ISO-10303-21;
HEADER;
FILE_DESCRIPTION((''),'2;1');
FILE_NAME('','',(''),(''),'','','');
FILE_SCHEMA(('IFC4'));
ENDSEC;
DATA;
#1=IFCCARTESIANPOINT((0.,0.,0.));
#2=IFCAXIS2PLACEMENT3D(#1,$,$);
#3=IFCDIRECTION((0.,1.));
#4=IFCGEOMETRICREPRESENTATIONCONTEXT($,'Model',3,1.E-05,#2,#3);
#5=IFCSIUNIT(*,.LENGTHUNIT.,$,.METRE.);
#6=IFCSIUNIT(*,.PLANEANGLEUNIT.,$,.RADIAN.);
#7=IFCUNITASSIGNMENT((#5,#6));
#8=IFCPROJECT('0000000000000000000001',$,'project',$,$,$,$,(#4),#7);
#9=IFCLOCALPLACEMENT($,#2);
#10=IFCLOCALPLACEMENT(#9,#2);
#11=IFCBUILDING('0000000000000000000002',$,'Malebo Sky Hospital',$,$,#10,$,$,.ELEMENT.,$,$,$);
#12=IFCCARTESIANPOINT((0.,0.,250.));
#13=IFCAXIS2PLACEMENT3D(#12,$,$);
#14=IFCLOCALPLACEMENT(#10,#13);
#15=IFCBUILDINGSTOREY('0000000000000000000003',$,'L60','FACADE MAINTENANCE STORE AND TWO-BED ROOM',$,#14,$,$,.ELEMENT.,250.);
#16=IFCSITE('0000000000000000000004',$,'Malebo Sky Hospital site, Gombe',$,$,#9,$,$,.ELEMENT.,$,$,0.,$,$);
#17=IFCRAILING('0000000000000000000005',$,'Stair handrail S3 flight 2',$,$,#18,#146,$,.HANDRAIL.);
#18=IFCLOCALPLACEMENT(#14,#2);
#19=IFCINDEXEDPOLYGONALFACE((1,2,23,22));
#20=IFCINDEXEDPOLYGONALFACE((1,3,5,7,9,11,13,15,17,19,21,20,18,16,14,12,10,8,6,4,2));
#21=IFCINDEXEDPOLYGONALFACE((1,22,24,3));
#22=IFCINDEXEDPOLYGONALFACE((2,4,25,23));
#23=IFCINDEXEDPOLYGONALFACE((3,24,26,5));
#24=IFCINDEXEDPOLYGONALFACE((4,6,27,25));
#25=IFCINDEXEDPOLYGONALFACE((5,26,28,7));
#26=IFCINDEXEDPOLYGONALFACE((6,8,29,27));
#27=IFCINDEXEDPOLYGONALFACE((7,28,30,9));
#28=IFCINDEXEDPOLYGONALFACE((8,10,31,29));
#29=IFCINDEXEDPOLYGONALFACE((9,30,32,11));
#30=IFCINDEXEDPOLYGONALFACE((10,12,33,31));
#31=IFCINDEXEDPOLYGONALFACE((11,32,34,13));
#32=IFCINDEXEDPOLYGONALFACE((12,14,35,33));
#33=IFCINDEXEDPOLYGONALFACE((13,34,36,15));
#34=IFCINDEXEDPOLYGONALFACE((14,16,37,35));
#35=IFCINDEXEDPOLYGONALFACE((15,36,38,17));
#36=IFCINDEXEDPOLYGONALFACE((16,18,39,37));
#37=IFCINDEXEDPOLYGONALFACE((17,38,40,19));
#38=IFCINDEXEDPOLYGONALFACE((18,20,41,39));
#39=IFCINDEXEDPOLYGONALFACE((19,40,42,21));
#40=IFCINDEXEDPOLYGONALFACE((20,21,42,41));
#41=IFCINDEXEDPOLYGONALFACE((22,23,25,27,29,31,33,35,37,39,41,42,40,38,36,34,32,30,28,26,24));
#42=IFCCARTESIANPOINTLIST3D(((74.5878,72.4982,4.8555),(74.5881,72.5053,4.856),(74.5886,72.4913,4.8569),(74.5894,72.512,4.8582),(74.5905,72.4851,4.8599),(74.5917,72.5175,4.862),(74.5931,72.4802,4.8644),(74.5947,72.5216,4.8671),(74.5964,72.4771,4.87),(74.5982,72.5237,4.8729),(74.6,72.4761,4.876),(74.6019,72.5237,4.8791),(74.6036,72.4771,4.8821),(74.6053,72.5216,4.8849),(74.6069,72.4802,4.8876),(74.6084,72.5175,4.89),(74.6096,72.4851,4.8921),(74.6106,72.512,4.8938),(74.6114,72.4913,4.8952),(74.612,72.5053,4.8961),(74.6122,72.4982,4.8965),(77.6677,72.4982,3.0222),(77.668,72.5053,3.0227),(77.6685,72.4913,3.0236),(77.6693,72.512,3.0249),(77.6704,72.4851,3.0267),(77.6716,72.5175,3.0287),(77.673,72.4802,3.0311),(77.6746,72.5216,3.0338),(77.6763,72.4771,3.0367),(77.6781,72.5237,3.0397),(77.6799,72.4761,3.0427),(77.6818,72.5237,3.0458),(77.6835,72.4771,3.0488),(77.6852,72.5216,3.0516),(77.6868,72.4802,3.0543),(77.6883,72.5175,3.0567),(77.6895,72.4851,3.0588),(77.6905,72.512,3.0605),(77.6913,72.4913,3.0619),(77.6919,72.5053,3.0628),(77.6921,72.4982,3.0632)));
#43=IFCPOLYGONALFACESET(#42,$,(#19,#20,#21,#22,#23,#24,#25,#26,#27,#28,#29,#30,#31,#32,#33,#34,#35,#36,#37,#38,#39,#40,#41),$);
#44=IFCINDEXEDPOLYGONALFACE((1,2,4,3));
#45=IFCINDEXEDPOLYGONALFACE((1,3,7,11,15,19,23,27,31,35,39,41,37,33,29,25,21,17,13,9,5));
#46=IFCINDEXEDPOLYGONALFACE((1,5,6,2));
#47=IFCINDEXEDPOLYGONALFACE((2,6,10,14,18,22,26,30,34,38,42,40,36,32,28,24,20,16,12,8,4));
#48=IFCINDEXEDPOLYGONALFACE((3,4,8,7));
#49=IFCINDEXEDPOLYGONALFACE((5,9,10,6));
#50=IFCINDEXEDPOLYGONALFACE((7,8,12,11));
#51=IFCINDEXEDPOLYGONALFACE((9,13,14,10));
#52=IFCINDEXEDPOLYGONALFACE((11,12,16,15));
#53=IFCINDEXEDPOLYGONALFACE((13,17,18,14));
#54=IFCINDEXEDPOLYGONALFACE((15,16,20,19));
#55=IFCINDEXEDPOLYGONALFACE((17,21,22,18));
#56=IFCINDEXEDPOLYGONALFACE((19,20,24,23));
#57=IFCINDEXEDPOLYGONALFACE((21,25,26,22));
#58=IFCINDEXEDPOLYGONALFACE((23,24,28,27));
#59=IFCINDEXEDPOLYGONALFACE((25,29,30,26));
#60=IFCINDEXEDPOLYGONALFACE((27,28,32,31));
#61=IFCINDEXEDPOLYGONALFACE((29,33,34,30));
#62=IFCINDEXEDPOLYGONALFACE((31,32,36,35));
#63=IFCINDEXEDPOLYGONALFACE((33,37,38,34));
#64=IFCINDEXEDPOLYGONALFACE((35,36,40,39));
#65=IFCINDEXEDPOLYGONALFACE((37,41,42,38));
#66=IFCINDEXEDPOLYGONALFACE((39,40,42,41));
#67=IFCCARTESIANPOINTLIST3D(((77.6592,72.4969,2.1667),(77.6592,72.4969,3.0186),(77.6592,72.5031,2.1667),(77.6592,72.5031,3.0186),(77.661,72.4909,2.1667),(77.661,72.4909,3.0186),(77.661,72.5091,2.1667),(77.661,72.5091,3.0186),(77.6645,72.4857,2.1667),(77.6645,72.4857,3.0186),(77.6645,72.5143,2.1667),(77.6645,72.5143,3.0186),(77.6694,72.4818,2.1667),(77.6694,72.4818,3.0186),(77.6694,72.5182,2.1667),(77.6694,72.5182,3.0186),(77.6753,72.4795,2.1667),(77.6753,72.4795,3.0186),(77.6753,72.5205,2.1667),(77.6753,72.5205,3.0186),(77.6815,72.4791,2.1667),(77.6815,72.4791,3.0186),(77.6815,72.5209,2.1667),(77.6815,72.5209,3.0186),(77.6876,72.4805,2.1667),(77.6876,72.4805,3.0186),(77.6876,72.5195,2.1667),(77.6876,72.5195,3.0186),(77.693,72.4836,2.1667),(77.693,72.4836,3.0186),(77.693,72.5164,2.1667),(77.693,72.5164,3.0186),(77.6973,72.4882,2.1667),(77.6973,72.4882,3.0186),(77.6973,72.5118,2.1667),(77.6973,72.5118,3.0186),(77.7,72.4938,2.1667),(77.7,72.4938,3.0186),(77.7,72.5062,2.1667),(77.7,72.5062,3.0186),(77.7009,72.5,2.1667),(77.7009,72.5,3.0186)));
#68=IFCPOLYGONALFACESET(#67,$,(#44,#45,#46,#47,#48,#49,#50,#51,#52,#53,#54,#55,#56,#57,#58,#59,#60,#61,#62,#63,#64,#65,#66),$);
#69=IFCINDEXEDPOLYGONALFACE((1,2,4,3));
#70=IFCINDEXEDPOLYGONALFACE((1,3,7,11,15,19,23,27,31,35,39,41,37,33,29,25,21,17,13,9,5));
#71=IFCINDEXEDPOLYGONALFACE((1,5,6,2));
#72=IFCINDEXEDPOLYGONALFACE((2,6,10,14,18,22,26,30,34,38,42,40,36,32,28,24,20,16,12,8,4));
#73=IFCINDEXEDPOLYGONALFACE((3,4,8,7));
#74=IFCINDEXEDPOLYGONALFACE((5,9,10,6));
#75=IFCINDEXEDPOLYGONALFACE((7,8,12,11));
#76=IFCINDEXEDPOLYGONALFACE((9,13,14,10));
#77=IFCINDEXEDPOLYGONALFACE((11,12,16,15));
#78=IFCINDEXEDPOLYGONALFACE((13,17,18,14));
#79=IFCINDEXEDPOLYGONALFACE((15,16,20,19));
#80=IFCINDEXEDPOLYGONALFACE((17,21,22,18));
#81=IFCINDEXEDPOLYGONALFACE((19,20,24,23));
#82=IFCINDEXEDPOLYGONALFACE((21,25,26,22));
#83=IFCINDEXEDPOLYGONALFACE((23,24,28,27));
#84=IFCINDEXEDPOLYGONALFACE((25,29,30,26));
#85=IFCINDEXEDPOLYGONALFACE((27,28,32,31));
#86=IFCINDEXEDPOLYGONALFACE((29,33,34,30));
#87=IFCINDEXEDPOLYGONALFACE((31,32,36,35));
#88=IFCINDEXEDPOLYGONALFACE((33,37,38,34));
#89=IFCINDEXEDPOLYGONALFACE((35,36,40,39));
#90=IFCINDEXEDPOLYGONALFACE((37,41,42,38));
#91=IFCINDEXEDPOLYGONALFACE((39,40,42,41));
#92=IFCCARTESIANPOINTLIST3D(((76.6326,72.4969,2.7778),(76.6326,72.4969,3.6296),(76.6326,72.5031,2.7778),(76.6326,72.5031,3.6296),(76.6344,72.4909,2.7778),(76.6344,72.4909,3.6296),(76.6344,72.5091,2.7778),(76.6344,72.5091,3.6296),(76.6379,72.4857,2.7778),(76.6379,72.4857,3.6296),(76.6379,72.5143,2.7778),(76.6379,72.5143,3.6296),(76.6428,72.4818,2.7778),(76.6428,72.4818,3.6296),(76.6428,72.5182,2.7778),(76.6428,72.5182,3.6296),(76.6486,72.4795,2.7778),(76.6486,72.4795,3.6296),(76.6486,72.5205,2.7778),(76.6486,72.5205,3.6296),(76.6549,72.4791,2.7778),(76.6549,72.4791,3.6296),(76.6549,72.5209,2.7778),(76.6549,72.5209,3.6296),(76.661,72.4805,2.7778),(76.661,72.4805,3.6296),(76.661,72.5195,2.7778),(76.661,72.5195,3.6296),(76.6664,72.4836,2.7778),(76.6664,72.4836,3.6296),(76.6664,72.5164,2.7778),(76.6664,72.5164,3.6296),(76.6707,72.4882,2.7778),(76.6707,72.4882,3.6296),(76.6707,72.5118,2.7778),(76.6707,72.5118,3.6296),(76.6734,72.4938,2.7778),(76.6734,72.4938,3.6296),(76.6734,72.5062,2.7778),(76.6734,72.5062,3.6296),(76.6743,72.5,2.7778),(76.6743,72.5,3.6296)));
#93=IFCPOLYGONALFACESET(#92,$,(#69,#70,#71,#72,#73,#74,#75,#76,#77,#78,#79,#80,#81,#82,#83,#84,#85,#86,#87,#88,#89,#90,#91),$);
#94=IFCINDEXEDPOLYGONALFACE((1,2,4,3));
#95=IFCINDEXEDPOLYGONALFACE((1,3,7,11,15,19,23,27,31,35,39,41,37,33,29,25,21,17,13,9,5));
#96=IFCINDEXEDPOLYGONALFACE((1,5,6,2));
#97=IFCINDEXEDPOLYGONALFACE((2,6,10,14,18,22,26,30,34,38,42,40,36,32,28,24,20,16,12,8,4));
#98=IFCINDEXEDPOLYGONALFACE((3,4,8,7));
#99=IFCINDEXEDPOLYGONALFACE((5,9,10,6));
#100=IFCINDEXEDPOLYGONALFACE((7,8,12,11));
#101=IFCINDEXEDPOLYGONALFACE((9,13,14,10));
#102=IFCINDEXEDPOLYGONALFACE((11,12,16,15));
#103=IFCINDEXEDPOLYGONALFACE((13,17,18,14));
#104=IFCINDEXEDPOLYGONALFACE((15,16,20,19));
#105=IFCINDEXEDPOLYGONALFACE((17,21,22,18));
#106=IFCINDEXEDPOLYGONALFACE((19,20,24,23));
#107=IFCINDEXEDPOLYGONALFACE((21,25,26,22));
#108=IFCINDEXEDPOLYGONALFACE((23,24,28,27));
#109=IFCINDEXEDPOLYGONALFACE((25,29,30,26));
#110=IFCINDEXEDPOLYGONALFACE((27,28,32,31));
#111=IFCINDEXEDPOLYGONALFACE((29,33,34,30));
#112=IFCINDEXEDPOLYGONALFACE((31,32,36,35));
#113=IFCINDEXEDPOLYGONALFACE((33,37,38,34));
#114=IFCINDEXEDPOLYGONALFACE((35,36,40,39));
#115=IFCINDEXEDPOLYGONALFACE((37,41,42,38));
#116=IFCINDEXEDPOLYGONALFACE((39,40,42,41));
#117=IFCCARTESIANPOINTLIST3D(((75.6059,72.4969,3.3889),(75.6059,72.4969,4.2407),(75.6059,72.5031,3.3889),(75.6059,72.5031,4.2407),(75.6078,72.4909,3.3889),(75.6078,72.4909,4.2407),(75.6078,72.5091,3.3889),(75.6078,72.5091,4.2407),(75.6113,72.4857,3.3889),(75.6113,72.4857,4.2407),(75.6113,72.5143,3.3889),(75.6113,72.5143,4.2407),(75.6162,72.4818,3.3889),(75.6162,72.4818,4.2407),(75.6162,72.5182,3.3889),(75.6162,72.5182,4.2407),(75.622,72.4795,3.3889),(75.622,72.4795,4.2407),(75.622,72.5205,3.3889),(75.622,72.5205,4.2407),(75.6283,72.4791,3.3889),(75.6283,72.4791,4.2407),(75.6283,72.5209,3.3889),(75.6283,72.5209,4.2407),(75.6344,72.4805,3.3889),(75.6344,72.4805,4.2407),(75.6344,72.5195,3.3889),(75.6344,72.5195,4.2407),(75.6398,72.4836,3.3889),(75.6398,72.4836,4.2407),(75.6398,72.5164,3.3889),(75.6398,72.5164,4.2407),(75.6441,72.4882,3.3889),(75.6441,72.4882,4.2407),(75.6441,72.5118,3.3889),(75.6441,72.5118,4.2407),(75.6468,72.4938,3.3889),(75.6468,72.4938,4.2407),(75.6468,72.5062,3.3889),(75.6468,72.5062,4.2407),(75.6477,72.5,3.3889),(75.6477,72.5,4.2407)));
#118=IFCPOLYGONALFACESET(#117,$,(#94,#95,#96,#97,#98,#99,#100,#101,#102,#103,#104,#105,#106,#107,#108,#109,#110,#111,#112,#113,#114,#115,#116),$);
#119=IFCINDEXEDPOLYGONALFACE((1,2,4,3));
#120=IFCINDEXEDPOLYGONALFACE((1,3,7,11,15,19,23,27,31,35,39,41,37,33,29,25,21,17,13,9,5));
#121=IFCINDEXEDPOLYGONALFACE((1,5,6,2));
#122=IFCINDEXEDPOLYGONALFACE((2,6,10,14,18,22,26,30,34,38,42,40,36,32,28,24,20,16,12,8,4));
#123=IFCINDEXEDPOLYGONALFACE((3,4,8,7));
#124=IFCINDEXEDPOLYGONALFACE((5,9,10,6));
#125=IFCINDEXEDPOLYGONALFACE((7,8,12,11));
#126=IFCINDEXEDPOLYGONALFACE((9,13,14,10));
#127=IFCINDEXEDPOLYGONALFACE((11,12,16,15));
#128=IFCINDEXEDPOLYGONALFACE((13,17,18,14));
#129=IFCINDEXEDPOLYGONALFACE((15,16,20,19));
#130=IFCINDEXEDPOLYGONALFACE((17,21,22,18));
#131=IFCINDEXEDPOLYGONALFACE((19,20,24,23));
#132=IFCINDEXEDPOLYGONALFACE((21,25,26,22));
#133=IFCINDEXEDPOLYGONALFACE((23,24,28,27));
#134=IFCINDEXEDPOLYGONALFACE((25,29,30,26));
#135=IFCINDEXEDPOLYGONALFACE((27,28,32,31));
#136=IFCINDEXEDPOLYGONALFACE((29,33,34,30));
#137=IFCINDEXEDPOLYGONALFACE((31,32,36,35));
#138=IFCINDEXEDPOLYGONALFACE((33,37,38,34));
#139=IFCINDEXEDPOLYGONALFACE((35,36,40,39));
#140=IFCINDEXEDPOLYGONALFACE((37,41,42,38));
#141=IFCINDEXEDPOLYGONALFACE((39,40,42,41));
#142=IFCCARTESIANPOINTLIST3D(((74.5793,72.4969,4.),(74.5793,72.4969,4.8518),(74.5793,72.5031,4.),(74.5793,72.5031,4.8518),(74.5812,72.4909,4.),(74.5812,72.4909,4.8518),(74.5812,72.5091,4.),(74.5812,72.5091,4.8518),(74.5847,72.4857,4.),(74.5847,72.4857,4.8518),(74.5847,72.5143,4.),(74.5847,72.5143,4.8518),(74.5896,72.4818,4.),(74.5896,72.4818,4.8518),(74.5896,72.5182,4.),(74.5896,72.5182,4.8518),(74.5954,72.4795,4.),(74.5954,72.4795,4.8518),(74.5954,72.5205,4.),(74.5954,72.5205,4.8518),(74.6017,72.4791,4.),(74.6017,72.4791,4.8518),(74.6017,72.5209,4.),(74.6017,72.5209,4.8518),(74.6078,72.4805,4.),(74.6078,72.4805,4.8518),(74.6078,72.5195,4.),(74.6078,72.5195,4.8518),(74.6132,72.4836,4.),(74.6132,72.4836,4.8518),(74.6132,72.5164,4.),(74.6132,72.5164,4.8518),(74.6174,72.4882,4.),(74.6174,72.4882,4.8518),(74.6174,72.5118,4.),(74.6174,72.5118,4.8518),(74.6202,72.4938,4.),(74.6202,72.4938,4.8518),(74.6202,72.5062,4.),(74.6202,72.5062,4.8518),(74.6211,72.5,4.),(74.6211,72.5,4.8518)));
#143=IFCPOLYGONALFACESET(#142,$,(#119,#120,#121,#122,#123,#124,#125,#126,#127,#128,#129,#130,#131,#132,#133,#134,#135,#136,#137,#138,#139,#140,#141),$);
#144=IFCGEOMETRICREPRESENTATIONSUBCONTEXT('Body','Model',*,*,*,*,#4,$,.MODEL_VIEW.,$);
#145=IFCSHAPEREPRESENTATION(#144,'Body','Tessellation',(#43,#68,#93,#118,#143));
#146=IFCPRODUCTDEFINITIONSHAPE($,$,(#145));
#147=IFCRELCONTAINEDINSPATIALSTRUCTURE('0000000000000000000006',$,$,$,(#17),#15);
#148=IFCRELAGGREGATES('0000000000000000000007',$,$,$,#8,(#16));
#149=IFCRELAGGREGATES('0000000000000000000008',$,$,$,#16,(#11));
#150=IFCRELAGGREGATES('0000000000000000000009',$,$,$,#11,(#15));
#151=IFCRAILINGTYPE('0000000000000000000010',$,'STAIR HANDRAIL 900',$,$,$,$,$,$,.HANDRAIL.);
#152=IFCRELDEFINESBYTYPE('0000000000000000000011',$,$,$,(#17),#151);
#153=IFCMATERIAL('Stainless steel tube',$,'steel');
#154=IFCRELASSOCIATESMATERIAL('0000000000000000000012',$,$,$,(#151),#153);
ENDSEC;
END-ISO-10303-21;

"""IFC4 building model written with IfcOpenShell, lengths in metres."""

from ifc_helpers import new_model, si_unit, direction, frame, origin, origin_2d, place, context, subcontext, project, spatial, circle, extrude, material, type_object, element, save


model = new_model("IFC4")

# Units and contexts
model_context = context("Model", 3, precision=1e-05, world=origin(), true_north=direction((0.0, 1.0)))
body_context = subcontext(model_context, "Body", "Model", "MODEL_VIEW")
ifc_project = project(units=[si_unit("LENGTHUNIT", "METRE"), si_unit("PLANEANGLEUNIT", "RADIAN")], contexts=[model_context])

# Site, building, storey
site_placement = place(None, origin())
site = spatial("IfcSite", under=ifc_project, at=site_placement, Name="Malebo Sky Hospital site, Gombe", CompositionType="ELEMENT", RefElevation=0.0)
building_placement = place(site_placement, origin())
building = spatial("IfcBuilding", under=site, at=building_placement, Name="Malebo Sky Hospital", CompositionType="ELEMENT")
storey_placement = place(building_placement, frame((0.0, 0.0, 250.0)))
storey = spatial("IfcBuildingStorey", under=building, at=storey_placement, Name="L60", Description="FACADE MAINTENANCE STORE AND TWO-BED ROOM", CompositionType="ELEMENT", Elevation=250.0)

# Railing
ifc_material_1 = material(Name="Stainless steel tube", Category="steel")
railing_type_1 = type_object("IfcRailingType", Name="STAIR HANDRAIL 900", PredefinedType="HANDRAIL", material=ifc_material_1)
railing_1_placement = place(storey_placement, frame((77.6799, 72.5, 2.1667)))
element("IfcRailing", 1, at=railing_1_placement, inside=storey, type_object=railing_type_1, Name="Stair handrail S3 flight 2", PredefinedType="HANDRAIL", context=body_context, shape_type="SweptSolid", body=[
    extrude(circle(Radius=0.0239, at=origin_2d()), frame((0.0, 0.0, 0.876), z_axis=(-0.859291, 0.0, 0.511487), x_axis=(0.0, -1.0, 0.0)), (0.0, 0.0, 1.0), 3.5842),
    extrude(circle(Radius=0.021, at=origin_2d()), origin(), (0.0, 0.0, 1.0), 0.8518),
    extrude(circle(Radius=0.021, at=origin_2d()), frame((-1.0266, 0.0, 0.6111)), (0.0, 0.0, 1.0), 0.8518),
    extrude(circle(Radius=0.021, at=origin_2d()), frame((-2.0532, 0.0, 1.2222)), (0.0, 0.0, 1.0), 0.8518),
    extrude(circle(Radius=0.021, at=origin_2d()), frame((-3.0798, 0.0, 1.8333)), (0.0, 0.0, 1.0), 0.8518),
])

save(model, "model.ifc")
